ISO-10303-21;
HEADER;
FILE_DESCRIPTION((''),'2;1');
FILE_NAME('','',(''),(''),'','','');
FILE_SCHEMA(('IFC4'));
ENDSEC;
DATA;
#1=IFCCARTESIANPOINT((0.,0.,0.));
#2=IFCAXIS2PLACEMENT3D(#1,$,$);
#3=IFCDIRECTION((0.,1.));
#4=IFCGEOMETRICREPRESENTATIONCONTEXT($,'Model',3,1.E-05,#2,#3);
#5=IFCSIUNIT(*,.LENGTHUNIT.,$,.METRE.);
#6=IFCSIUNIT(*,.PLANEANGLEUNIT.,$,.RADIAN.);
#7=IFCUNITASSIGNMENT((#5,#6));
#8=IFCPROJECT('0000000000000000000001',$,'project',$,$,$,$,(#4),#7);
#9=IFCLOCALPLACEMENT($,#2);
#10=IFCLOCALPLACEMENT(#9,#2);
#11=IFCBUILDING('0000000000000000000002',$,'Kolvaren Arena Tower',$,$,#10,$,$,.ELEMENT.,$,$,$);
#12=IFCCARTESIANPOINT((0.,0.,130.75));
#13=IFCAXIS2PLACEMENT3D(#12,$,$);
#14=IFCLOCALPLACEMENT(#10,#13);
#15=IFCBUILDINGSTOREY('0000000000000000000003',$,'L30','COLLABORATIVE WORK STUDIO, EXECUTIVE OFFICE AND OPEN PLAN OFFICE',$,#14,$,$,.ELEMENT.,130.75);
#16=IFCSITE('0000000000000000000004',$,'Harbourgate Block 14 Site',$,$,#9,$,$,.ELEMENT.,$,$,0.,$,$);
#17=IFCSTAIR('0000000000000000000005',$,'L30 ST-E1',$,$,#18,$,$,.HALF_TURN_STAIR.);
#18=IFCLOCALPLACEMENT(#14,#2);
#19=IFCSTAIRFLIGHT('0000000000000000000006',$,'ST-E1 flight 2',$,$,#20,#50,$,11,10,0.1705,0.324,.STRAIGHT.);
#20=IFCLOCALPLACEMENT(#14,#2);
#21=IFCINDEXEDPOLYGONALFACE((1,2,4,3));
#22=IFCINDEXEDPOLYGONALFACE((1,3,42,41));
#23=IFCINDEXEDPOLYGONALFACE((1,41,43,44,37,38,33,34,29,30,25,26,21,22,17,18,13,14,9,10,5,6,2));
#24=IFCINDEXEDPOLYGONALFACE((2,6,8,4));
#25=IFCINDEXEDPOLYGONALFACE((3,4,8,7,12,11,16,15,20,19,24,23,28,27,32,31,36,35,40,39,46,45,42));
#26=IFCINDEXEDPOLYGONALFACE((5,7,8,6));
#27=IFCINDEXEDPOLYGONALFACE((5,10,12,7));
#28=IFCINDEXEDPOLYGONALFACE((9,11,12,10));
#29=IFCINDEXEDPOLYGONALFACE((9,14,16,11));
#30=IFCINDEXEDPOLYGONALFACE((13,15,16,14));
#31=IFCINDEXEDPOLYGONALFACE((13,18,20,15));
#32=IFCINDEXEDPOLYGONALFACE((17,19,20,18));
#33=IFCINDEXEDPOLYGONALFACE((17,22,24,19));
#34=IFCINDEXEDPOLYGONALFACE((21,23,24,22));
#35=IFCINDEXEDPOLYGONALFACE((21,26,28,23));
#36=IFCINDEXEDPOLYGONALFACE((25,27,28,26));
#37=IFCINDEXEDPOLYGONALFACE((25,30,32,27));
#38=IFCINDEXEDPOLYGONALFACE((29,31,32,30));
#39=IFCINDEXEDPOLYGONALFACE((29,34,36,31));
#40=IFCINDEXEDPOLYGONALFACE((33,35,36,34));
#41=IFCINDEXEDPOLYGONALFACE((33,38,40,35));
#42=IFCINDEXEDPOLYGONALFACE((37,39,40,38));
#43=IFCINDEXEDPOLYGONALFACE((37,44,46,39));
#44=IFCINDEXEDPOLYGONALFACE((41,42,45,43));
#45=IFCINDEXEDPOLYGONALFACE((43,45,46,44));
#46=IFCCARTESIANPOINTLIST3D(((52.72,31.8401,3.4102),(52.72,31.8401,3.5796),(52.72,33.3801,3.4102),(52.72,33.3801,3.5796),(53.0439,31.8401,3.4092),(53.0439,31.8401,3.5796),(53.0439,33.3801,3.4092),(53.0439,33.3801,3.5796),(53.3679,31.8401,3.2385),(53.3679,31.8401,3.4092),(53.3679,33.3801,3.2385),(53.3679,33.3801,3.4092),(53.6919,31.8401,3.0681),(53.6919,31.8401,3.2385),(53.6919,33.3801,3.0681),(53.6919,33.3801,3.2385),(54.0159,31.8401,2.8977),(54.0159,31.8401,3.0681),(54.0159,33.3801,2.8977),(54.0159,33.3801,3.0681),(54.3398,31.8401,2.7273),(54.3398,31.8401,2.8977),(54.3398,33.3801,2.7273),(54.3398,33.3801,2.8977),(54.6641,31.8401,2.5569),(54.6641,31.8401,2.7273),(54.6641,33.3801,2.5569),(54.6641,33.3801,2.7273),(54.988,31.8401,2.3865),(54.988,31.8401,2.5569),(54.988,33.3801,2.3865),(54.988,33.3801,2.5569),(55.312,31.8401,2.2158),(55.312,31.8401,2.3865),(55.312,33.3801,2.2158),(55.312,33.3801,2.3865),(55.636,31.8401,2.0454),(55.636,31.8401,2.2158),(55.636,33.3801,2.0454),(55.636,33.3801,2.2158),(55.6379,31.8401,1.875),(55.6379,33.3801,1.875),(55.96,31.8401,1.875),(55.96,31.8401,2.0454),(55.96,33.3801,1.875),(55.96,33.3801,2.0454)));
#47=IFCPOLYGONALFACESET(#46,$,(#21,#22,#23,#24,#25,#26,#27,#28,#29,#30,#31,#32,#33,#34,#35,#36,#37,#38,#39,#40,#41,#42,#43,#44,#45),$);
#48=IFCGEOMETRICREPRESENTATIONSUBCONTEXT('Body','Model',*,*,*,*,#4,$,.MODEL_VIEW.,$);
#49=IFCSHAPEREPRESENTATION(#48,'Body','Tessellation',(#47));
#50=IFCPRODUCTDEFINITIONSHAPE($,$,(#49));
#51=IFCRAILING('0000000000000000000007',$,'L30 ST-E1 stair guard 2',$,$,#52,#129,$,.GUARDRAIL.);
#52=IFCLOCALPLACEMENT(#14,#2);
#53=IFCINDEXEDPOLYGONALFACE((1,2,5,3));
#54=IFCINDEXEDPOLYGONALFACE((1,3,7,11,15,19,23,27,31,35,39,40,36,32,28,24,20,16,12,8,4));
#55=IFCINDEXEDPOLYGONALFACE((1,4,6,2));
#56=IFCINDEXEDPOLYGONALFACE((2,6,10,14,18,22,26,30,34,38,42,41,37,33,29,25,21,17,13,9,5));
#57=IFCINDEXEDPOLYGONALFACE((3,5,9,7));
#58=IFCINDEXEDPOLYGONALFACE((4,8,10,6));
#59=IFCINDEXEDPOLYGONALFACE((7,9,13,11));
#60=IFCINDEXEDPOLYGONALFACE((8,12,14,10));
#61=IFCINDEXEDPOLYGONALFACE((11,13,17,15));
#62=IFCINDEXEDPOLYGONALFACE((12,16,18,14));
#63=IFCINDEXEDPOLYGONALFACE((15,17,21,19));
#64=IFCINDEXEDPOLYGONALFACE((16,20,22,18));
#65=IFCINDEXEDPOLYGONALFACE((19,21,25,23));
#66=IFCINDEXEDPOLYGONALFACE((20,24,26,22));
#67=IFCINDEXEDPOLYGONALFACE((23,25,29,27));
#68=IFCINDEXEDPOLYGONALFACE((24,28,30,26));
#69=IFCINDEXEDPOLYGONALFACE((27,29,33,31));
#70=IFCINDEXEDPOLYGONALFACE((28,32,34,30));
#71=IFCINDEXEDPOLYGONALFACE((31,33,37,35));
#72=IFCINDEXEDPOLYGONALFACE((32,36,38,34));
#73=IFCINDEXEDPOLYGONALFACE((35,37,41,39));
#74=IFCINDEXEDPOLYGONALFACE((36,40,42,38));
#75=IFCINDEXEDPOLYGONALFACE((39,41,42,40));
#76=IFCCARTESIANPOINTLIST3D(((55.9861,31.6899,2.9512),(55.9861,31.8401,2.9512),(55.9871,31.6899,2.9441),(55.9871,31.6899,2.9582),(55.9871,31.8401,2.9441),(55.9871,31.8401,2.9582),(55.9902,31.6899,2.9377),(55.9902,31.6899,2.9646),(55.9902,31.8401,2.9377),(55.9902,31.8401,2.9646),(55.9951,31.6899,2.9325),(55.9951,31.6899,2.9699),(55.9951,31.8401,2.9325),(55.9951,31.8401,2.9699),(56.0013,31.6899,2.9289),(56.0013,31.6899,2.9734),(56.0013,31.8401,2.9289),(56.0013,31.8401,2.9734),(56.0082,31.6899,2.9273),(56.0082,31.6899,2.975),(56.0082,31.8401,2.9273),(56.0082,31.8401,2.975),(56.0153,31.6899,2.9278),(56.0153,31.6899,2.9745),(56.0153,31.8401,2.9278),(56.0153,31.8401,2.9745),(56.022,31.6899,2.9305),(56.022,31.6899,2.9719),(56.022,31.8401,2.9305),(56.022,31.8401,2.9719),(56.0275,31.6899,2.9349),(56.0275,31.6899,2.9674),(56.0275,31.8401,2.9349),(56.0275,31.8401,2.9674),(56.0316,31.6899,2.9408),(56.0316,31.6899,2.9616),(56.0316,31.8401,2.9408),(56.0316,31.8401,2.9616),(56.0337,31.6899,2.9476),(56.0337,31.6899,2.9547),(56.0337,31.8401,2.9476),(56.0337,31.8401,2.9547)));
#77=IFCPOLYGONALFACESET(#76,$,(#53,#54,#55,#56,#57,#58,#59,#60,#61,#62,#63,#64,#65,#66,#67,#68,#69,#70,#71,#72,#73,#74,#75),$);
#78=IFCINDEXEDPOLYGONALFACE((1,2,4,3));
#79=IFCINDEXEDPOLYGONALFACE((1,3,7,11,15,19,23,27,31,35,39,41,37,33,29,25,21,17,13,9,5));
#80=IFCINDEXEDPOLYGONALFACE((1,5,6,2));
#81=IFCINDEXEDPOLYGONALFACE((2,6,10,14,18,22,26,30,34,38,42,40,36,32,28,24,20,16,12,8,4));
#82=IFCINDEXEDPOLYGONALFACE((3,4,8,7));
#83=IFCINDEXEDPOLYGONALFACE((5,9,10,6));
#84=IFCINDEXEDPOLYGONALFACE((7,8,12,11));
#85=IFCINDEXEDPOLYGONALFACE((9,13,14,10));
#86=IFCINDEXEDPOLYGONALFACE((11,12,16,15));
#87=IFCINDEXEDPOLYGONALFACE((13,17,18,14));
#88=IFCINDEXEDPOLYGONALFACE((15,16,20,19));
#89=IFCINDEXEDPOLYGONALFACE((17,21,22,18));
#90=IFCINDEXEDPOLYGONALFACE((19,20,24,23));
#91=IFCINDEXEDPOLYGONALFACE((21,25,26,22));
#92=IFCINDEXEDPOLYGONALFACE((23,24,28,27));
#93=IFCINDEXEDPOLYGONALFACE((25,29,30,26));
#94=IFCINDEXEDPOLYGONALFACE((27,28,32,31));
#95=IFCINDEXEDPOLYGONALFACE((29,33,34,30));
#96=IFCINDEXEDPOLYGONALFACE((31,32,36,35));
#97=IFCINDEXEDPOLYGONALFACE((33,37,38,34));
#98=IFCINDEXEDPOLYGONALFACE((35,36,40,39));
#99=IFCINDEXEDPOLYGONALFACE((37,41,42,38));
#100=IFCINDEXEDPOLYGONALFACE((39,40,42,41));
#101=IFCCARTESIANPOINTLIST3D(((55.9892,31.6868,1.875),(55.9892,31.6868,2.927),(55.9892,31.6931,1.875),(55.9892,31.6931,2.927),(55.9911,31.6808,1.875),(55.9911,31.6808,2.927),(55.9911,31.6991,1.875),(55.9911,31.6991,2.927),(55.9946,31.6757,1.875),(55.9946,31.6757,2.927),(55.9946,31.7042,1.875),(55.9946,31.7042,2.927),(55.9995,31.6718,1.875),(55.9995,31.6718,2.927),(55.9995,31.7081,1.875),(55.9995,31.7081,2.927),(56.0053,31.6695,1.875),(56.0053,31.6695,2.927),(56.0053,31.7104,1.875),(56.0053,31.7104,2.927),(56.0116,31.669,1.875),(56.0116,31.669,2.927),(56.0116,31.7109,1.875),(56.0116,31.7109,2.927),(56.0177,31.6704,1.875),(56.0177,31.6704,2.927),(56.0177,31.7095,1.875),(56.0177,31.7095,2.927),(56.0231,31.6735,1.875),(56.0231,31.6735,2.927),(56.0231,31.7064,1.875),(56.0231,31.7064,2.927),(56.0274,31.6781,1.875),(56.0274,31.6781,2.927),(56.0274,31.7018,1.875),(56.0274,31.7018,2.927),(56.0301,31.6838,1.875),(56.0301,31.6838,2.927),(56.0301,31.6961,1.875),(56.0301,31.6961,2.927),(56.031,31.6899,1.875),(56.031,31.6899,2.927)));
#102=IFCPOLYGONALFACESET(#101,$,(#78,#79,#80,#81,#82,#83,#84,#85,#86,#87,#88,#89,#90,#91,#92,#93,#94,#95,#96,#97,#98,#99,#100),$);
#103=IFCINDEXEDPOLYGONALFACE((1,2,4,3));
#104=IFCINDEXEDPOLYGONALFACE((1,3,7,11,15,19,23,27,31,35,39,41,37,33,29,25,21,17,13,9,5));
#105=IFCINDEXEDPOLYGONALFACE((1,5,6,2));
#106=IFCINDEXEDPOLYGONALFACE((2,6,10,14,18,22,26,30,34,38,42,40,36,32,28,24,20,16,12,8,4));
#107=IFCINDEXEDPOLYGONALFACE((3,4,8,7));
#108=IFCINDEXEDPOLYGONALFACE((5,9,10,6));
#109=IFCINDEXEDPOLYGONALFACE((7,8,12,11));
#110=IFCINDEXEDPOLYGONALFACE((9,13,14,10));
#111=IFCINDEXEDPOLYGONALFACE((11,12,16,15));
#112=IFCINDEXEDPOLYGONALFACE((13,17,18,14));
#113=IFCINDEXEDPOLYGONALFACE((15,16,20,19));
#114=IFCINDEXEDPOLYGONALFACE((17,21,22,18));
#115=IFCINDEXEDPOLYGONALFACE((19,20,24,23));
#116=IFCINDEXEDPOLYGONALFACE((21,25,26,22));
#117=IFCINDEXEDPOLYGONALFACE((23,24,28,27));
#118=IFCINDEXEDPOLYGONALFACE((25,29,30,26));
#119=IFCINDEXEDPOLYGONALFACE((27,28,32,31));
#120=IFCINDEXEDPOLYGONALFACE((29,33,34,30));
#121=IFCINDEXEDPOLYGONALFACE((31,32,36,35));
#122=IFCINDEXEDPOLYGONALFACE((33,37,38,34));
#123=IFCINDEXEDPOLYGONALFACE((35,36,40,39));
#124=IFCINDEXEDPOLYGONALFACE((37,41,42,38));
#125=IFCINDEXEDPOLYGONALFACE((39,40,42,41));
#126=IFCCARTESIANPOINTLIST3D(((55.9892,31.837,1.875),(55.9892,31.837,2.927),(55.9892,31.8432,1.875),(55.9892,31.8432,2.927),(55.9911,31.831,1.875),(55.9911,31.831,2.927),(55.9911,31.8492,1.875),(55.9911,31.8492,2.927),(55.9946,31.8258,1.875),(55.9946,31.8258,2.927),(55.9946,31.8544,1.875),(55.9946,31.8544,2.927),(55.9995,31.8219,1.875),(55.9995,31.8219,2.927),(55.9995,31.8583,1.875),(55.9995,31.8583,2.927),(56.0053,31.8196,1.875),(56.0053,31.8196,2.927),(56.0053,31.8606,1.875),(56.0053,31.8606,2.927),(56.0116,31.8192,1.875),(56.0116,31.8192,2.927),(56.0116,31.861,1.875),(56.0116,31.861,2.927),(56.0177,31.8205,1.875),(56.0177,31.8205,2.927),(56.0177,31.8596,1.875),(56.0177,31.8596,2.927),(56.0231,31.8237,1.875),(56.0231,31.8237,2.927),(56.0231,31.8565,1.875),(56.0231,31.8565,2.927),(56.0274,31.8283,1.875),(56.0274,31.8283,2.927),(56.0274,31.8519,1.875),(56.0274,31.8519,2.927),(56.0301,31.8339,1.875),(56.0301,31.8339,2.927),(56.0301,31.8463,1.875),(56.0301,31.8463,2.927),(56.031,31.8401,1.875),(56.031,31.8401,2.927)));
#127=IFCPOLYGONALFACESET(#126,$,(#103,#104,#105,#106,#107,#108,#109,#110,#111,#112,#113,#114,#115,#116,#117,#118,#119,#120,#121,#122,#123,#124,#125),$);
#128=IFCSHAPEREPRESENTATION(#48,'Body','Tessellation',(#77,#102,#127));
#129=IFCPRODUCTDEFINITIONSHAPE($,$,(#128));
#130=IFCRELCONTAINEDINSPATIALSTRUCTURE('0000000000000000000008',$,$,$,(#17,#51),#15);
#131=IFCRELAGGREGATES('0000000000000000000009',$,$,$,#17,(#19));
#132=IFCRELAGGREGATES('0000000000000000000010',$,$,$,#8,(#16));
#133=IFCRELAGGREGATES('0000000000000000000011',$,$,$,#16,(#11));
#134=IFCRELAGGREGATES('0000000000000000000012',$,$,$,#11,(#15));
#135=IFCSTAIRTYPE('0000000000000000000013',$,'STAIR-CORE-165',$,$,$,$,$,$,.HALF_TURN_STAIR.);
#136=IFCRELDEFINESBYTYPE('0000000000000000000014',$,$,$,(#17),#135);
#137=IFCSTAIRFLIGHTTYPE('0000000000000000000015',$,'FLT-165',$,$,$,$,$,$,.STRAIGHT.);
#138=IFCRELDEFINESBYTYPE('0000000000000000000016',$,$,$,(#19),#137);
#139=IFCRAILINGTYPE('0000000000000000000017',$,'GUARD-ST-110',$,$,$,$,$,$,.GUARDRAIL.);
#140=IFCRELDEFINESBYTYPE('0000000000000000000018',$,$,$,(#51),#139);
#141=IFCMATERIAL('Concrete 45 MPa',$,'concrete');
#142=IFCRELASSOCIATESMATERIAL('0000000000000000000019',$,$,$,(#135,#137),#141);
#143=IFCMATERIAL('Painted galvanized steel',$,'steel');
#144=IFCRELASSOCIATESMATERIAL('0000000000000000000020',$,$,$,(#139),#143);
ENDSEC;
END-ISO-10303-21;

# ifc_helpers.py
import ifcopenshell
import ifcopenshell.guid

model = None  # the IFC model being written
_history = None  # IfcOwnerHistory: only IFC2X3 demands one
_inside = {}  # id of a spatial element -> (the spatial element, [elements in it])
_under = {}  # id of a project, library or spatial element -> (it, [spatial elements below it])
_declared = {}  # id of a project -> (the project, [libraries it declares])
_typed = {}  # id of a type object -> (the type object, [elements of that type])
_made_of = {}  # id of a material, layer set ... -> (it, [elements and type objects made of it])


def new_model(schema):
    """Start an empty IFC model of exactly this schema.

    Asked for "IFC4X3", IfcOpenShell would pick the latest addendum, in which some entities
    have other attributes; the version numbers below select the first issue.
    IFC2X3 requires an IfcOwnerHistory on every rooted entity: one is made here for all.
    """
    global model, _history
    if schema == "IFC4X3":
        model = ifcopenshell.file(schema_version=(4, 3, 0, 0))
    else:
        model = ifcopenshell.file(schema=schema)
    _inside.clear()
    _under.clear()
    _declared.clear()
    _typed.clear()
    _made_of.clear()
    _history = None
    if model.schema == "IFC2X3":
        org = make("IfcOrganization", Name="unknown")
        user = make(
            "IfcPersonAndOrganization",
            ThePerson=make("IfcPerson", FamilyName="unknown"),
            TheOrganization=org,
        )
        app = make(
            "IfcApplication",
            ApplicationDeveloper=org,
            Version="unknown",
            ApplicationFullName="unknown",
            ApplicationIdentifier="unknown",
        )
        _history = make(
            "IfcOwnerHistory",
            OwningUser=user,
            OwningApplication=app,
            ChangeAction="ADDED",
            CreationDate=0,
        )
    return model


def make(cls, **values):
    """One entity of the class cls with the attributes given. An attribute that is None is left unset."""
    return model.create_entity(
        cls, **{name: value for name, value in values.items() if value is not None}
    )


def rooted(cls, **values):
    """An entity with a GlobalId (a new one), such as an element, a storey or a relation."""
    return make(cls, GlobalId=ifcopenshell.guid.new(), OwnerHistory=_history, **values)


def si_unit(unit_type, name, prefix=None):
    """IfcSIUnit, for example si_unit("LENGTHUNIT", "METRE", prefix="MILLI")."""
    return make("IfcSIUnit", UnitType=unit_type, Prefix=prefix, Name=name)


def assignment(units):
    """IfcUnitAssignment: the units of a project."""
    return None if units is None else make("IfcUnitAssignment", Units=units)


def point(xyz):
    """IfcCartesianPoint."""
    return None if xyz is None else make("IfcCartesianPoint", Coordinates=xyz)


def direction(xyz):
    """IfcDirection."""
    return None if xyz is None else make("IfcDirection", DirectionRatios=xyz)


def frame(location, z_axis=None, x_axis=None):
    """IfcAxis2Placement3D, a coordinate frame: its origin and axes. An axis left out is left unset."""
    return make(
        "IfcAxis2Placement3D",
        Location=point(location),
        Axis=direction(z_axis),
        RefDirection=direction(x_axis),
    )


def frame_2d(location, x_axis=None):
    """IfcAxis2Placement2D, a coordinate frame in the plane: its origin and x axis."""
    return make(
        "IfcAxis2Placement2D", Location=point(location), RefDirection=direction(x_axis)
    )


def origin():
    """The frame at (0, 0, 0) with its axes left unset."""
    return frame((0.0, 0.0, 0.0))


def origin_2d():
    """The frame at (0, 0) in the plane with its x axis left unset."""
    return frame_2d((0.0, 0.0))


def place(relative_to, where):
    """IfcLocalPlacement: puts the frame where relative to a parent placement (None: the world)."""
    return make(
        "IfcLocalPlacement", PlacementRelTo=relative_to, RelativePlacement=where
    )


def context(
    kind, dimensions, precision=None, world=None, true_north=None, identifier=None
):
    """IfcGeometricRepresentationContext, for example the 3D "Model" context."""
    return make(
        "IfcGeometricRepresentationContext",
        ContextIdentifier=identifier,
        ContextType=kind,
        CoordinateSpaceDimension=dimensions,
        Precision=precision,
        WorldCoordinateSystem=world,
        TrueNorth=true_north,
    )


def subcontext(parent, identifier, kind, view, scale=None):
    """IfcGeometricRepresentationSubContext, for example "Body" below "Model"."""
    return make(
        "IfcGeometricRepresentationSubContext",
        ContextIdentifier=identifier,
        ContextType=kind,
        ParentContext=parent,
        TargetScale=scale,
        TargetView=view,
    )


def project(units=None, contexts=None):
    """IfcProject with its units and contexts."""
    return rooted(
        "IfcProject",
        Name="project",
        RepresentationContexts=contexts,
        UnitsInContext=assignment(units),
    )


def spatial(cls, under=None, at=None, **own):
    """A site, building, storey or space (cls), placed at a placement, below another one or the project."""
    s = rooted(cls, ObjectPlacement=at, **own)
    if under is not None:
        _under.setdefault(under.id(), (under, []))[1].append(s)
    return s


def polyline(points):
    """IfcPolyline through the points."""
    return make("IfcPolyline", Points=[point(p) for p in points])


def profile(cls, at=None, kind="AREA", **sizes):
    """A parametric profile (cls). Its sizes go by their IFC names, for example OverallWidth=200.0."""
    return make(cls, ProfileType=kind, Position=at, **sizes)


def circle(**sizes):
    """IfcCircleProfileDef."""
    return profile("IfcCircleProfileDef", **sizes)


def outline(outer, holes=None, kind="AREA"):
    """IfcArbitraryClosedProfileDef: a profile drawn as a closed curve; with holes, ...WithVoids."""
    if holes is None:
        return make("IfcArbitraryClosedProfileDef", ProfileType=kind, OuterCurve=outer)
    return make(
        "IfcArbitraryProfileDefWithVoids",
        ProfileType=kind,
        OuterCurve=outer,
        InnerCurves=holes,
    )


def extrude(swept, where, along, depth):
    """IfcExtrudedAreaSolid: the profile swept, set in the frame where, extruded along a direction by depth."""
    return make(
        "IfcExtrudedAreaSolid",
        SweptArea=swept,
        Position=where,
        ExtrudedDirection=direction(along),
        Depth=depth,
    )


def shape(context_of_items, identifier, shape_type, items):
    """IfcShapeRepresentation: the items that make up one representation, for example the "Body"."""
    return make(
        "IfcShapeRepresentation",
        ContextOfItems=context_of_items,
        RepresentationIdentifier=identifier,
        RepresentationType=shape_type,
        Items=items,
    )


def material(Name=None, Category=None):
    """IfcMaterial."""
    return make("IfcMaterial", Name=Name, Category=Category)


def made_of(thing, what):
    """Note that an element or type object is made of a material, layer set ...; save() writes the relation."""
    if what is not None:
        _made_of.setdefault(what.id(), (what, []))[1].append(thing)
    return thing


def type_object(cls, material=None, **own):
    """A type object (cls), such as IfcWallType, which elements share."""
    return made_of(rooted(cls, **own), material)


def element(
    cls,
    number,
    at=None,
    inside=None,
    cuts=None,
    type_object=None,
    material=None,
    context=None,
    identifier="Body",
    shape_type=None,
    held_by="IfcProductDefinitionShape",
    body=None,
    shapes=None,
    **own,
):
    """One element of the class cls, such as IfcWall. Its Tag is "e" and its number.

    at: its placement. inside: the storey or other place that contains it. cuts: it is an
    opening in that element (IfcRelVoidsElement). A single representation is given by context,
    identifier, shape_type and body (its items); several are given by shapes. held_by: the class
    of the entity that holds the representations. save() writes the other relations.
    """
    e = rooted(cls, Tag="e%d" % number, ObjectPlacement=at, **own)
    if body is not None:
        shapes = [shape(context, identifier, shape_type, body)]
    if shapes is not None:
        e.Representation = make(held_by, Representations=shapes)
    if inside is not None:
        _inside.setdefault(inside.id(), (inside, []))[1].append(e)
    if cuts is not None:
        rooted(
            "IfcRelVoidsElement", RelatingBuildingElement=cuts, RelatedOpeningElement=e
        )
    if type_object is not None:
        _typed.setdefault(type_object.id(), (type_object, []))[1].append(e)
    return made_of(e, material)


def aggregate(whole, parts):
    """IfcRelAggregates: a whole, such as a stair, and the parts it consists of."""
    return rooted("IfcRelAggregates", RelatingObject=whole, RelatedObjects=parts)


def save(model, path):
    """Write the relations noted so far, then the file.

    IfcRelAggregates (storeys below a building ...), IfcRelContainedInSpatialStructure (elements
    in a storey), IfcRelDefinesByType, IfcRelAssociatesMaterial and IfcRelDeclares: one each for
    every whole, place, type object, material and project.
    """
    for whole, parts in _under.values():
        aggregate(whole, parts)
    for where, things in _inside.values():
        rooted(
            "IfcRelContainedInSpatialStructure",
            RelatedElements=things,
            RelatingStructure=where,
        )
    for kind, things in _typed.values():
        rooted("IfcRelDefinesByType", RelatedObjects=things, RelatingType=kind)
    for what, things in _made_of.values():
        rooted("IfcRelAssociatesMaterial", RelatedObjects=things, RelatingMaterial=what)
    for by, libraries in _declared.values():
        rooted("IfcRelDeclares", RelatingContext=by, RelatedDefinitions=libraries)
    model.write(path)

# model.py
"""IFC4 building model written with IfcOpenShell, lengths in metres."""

from ifc_helpers import new_model, si_unit, direction, frame, origin, origin_2d, place, context, subcontext, project, spatial, polyline, circle, outline, extrude, material, type_object, element, aggregate, save


model = new_model("IFC4")

# Units and contexts
model_context = context("Model", 3, precision=1e-05, world=origin(), true_north=direction((0.0, 1.0)))
body_context = subcontext(model_context, "Body", "Model", "MODEL_VIEW")
ifc_project = project(units=[si_unit("LENGTHUNIT", "METRE"), si_unit("PLANEANGLEUNIT", "RADIAN")], contexts=[model_context])

# Site, building, storey
site_placement = place(None, origin())
site = spatial("IfcSite", under=ifc_project, at=site_placement, Name="Harbourgate Block 14 Site", CompositionType="ELEMENT", RefElevation=0.0)
building_placement = place(site_placement, origin())
building = spatial("IfcBuilding", under=site, at=building_placement, Name="Kolvaren Arena Tower", CompositionType="ELEMENT")
storey_placement = place(building_placement, frame((0.0, 0.0, 130.75)))
storey = spatial("IfcBuildingStorey", under=building, at=storey_placement, Name="L30", Description="COLLABORATIVE WORK STUDIO, EXECUTIVE OFFICE AND OPEN PLAN OFFICE", CompositionType="ELEMENT", Elevation=130.75)

# Shared definitions
ifc_material_1 = material(Name="Concrete 45 MPa", Category="concrete")

# Stair, stair flight
stair_type = type_object("IfcStairType", Name="STAIR-CORE-165", PredefinedType="HALF_TURN_STAIR", material=ifc_material_1)
stair_placement = place(storey_placement, origin())
stair = element("IfcStair", 1, at=stair_placement, inside=storey, type_object=stair_type, Name="L30 ST-E1", PredefinedType="HALF_TURN_STAIR")
stair_flight_type = type_object("IfcStairFlightType", Name="FLT-165", PredefinedType="STRAIGHT", material=ifc_material_1)
stair_flight_placement = place(storey_placement, frame((55.96, 32.6101, 1.875), z_axis=(0.0, 0.0, 1.0), x_axis=(-1.0, 0.0, 0.0)))
stair_flight = element("IfcStairFlight", 2, at=stair_flight_placement, type_object=stair_flight_type, Name="ST-E1 flight 2", NumberOfRisers=11, NumberOfTreads=10, PredefinedType="STRAIGHT", RiserHeight=0.1705, TreadLength=0.324, context=body_context, shape_type="SweptSolid", body=[
    extrude(outline(polyline([(0.0, 0.0), (0.0, 0.1704), (0.324, 0.1704), (0.324, 0.3408), (0.6479, 0.3408), (0.6479, 0.5115), (0.9719, 0.5115), (0.9719, 0.6819), (1.2959, 0.6819), (1.2959, 0.8523), (1.6201, 0.8523), (1.6201, 1.0227), (1.9441, 1.0227), (1.9441, 1.1931), (2.2681, 1.1931), (2.2681, 1.3635), (2.592, 1.3635), (2.592, 1.5342), (2.916, 1.5342), (2.916, 1.7046), (3.24, 1.7046), (3.24, 1.875), (3.24, 1.5352), (0.322, 0.0), (0.0, 0.0)])), frame((0.0, 0.77, 0.0), z_axis=(0.0, -1.0, 0.0), x_axis=(1.0, 0.0, 0.0)), (0.0, 0.0, 1.0), 1.54),
])
aggregate(stair, [stair_flight])

# Railing
ifc_material_2 = material(Name="Painted galvanized steel", Category="steel")
railing_type_1 = type_object("IfcRailingType", Name="GUARD-ST-110", PredefinedType="GUARDRAIL", material=ifc_material_2)
railing_1_placement = place(storey_placement, frame((56.01, 31.6899, 1.875)))
element("IfcRailing", 3, at=railing_1_placement, inside=storey, type_object=railing_type_1, Name="L30 ST-E1 stair guard 2", PredefinedType="GUARDRAIL", context=body_context, shape_type="SweptSolid", body=[
    extrude(circle(Radius=0.0239, at=origin_2d()), frame((0.0, 0.0, 1.0762), z_axis=(0.0, 1.0, 0.0), x_axis=(-1.0, 0.0, 0.0)), (0.0, 0.0, 1.0), 0.1501),
    extrude(circle(Radius=0.021, at=origin_2d()), origin(), (0.0, 0.0, 1.0), 1.052),
    extrude(circle(Radius=0.021, at=origin_2d()), frame((0.0, 0.1501, 0.0)), (0.0, 0.0, 1.0), 1.052),
])

save(model, "model.ifc")
